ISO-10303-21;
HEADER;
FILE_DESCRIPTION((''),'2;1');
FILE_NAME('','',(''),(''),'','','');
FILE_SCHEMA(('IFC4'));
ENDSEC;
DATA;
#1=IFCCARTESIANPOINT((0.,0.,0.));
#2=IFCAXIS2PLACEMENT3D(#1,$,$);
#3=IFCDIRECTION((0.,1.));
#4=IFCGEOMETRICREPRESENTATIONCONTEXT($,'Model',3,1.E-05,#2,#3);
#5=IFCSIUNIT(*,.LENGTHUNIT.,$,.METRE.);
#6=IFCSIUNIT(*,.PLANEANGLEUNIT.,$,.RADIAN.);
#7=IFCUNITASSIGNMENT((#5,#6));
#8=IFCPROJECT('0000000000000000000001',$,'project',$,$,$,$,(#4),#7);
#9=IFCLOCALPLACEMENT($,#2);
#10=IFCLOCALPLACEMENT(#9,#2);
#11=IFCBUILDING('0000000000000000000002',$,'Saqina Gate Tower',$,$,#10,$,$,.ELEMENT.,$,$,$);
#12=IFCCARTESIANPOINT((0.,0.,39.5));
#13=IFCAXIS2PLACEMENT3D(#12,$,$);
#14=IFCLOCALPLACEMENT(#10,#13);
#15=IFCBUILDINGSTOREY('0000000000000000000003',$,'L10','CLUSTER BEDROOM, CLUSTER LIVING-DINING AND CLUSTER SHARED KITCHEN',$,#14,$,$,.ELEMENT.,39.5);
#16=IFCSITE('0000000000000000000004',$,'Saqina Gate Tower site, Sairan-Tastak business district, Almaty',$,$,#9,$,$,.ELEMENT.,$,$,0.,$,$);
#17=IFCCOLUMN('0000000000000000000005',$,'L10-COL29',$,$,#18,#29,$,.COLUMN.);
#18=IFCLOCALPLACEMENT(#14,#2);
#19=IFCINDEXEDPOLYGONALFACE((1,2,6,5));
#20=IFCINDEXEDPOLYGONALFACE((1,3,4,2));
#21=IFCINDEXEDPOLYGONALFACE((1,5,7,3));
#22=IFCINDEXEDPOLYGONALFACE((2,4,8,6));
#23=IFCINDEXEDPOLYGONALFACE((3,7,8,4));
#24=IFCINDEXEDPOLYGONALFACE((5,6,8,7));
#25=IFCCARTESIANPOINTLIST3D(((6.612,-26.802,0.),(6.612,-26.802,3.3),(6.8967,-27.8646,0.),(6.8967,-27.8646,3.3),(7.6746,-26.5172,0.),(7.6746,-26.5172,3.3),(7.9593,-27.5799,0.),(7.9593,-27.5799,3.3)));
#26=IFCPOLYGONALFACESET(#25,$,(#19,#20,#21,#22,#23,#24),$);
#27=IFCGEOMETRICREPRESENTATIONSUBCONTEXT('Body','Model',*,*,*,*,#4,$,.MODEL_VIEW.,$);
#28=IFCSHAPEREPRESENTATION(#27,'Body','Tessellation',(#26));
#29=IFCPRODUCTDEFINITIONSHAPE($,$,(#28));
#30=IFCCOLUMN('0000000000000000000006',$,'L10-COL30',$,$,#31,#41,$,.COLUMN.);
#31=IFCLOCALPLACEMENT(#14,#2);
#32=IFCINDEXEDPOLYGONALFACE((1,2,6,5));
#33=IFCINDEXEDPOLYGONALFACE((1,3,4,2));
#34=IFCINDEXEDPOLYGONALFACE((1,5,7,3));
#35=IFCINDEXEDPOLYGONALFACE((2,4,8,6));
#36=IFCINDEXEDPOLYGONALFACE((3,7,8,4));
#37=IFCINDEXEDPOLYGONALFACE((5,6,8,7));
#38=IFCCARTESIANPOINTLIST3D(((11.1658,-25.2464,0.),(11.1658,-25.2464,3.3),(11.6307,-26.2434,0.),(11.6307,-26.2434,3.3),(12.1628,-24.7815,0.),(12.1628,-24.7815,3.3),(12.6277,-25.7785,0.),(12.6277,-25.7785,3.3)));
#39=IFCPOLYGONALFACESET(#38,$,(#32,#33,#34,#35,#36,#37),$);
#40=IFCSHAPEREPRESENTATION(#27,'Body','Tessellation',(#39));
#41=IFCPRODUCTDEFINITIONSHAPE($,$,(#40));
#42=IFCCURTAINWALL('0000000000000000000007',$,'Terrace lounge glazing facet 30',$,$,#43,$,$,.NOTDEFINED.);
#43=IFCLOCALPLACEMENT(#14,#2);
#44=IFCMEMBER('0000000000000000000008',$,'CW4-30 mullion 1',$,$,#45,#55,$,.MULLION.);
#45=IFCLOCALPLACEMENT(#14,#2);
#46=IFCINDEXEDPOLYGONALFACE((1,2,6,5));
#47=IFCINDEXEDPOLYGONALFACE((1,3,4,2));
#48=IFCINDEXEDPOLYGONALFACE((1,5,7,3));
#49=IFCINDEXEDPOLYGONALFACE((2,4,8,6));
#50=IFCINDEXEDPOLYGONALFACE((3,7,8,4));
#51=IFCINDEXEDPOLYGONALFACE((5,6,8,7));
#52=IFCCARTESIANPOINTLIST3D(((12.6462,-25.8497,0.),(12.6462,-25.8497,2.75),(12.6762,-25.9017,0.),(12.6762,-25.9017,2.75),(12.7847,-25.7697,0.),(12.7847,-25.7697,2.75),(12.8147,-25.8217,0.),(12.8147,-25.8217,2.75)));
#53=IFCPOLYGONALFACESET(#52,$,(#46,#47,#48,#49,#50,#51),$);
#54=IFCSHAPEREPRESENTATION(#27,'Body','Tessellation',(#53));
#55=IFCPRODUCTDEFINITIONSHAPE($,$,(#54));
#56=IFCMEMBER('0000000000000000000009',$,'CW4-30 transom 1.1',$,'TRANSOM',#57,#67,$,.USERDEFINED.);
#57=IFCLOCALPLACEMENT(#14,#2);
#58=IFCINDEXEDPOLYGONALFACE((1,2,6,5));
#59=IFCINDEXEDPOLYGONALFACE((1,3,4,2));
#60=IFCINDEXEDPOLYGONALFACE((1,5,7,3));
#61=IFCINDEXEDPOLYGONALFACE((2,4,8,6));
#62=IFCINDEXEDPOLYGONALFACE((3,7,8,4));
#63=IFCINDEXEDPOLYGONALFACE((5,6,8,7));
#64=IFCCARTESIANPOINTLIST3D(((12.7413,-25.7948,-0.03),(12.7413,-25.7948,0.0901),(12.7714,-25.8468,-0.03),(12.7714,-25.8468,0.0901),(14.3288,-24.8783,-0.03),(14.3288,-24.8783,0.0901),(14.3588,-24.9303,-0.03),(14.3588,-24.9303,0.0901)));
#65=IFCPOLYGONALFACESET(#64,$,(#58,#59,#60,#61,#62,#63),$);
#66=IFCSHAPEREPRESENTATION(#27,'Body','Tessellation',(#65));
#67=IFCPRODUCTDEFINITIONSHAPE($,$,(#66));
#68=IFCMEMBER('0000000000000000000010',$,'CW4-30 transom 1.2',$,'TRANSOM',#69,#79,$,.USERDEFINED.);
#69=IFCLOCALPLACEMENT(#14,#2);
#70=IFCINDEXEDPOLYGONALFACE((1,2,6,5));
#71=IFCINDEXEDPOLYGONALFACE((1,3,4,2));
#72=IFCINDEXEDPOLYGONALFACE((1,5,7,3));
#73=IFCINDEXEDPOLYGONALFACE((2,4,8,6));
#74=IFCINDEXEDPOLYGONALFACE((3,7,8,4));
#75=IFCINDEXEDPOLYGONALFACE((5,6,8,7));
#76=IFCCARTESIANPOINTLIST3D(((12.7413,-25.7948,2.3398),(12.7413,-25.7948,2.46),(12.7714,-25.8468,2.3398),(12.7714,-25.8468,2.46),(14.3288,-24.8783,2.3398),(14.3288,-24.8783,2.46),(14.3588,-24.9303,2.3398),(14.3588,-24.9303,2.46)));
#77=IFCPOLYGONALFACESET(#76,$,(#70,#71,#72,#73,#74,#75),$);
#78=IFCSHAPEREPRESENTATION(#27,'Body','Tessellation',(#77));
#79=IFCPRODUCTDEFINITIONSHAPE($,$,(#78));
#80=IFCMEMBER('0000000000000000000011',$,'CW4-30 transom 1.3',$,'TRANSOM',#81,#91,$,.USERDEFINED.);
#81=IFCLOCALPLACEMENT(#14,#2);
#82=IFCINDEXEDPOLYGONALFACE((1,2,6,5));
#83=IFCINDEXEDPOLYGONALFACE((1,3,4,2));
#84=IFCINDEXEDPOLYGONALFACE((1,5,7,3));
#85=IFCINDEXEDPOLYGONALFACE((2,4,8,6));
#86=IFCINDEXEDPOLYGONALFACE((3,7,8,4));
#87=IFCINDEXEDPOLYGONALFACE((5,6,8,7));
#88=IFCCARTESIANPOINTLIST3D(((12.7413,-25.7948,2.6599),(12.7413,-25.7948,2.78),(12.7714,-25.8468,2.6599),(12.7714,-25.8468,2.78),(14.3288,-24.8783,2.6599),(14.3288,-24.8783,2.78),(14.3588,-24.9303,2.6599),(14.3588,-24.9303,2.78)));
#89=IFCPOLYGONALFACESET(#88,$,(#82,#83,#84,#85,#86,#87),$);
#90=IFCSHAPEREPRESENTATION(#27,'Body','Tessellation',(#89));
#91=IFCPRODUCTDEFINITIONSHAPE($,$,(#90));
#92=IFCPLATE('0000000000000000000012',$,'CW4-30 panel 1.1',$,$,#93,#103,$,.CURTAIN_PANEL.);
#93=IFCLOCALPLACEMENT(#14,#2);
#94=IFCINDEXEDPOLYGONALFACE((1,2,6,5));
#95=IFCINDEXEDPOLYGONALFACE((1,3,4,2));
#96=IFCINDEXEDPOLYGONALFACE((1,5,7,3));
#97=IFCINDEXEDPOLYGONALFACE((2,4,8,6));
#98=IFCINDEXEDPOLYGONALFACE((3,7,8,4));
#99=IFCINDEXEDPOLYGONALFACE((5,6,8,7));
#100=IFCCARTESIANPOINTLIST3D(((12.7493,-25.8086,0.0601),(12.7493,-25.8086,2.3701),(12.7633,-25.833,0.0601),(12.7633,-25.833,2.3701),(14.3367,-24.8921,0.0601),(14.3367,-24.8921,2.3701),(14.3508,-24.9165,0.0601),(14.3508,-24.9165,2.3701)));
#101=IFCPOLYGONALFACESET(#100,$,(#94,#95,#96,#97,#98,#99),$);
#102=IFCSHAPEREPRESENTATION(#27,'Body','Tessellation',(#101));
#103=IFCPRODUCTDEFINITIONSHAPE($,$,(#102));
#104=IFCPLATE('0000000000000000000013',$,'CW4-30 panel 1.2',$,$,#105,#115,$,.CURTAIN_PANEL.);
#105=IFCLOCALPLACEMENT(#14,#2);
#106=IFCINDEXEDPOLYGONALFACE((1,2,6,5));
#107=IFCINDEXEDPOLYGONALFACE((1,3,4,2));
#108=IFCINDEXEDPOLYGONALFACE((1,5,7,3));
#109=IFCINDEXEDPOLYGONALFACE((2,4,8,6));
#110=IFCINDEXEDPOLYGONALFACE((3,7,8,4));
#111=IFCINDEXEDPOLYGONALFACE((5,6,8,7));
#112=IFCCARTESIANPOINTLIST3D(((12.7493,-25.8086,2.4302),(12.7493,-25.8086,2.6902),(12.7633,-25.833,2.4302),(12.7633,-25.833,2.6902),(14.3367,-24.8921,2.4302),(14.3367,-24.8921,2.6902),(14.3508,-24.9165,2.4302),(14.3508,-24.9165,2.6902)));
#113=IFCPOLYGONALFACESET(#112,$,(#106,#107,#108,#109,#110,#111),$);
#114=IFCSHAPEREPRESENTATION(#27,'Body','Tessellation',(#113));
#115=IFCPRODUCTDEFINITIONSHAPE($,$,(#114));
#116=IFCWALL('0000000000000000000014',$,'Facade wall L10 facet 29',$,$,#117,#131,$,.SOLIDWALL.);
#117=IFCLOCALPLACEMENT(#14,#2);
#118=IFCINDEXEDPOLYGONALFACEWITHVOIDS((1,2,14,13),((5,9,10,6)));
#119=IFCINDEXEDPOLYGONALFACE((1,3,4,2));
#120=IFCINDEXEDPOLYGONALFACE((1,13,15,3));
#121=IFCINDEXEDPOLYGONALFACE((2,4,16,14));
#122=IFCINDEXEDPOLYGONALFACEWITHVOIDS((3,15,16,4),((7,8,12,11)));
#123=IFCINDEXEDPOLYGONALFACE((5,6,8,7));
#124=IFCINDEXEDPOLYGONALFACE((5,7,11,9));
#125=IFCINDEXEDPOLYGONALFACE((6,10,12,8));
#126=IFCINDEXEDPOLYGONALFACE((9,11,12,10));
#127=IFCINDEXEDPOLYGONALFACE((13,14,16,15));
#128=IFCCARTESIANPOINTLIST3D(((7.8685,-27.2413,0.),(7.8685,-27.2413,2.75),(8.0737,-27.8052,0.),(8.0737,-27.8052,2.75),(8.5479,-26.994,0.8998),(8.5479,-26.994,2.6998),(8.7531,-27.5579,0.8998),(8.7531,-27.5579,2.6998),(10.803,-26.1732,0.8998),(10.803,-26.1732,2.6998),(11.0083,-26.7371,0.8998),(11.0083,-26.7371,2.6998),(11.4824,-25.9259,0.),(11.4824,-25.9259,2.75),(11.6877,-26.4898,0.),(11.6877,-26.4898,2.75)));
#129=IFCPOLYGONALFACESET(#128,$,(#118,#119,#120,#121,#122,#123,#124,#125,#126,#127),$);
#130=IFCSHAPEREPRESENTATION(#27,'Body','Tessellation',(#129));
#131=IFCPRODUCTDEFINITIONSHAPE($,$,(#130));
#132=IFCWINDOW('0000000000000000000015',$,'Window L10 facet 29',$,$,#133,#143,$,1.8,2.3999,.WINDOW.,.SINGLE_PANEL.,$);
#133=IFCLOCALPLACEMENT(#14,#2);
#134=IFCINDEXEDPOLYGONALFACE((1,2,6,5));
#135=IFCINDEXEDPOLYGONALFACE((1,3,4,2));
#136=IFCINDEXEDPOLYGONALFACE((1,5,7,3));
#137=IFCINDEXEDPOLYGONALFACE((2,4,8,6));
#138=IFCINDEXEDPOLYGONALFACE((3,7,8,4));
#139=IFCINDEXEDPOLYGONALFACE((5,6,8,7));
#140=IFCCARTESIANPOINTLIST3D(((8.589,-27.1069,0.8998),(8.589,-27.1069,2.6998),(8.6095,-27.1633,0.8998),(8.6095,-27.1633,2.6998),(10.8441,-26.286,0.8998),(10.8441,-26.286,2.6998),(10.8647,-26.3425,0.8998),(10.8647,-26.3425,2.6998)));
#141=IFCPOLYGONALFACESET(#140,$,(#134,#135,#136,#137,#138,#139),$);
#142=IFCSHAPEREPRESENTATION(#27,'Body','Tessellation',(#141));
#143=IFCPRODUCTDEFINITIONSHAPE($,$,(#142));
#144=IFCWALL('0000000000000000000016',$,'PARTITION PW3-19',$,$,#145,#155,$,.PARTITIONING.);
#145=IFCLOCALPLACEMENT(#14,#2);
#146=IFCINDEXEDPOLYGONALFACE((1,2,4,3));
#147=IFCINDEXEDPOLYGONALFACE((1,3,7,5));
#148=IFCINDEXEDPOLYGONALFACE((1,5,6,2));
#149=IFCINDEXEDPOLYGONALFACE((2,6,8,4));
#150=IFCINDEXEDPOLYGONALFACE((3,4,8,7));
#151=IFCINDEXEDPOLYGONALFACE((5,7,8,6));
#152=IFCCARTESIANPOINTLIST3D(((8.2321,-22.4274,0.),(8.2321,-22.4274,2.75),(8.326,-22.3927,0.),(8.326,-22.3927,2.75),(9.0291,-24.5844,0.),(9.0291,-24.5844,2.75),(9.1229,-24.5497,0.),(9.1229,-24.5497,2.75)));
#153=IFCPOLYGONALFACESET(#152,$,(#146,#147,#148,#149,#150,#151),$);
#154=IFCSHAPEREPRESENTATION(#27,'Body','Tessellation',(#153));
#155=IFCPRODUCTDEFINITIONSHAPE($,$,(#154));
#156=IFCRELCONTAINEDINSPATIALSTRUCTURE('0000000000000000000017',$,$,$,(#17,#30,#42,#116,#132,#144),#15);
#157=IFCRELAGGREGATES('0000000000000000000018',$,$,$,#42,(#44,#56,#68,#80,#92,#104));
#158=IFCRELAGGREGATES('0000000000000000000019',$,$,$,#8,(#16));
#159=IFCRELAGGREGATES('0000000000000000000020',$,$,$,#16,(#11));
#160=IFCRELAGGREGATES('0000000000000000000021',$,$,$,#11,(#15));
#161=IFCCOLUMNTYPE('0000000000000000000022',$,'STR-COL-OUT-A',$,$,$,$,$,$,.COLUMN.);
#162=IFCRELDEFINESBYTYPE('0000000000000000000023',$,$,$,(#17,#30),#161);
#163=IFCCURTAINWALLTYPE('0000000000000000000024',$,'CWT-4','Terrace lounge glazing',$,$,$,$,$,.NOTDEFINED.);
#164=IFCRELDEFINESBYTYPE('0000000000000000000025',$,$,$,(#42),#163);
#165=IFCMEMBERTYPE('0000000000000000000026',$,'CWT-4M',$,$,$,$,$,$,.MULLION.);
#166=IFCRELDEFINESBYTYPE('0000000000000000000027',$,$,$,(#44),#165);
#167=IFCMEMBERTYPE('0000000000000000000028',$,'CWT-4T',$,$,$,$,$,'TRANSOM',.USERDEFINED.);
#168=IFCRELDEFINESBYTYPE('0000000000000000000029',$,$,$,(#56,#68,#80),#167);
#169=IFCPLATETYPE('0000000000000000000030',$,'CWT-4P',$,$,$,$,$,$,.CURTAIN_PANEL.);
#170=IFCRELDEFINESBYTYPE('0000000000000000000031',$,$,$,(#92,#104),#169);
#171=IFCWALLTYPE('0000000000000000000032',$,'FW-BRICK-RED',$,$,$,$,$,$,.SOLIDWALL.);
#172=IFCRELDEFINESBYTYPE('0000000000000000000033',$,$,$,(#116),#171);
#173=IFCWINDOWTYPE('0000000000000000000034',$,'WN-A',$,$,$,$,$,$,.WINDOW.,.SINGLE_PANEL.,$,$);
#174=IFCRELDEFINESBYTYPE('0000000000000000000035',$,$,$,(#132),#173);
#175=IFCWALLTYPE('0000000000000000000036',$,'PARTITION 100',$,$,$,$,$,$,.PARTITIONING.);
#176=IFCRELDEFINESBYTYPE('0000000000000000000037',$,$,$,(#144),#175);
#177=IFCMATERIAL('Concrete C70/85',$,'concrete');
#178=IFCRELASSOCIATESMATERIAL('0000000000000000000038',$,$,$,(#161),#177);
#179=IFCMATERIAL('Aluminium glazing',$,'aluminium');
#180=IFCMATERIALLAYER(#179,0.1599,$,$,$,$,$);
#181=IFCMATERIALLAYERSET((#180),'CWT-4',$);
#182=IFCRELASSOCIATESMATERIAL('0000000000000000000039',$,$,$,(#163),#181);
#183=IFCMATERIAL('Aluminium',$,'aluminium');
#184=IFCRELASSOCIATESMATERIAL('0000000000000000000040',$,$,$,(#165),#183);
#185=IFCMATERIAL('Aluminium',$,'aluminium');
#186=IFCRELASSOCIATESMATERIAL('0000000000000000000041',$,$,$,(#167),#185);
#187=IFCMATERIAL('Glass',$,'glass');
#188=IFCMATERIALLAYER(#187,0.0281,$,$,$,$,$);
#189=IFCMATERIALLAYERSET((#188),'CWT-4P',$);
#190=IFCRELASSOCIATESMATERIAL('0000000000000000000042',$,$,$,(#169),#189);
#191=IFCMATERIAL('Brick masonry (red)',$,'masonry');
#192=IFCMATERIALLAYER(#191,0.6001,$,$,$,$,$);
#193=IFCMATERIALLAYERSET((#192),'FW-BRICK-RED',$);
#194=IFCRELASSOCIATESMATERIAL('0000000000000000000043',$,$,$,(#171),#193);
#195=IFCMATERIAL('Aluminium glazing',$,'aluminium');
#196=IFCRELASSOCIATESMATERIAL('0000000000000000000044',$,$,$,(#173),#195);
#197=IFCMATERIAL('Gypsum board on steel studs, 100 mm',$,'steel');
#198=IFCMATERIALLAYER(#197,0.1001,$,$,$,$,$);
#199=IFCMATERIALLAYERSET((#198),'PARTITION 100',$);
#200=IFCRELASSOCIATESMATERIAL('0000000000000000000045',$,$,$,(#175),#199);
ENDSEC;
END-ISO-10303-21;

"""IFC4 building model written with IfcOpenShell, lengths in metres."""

from ifc_helpers import new_model, si_unit, direction, frame, frame_2d, origin, origin_2d, place, context, subcontext, project, spatial, rectangle, extrude, material, layer, layer_set, material_profile, profile_set, type_object, element, fill, aggregate, save


model = new_model("IFC4")

# Units and contexts
model_context = context("Model", 3, precision=1e-05, world=origin(), true_north=direction((0.0, 1.0)))
body_context = subcontext(model_context, "Body", "Model", "MODEL_VIEW")
ifc_project = project(units=[si_unit("LENGTHUNIT", "METRE"), si_unit("PLANEANGLEUNIT", "RADIAN")], contexts=[model_context])

# Site, building, storey
site_placement = place(None, origin())
site = spatial("IfcSite", under=ifc_project, at=site_placement, Name="Saqina Gate Tower site, Sairan-Tastak business district, Almaty", CompositionType="ELEMENT", RefElevation=0.0)
building_placement = place(site_placement, origin())
building = spatial("IfcBuilding", under=site, at=building_placement, Name="Saqina Gate Tower", CompositionType="ELEMENT")
storey_placement = place(building_placement, frame((0.0, 0.0, 39.5)))
storey = spatial("IfcBuildingStorey", under=building, at=storey_placement, Name="L10", Description="CLUSTER BEDROOM, CLUSTER LIVING-DINING AND CLUSTER SHARED KITCHEN", CompositionType="ELEMENT", Elevation=39.5)

# Columns
ifc_material_1 = material(Name="Concrete C70/85", Category="concrete")
ifc_material_profile_1 = material_profile(ifc_material_1, rectangle(XDim=1.1001, YDim=1.1001, at=origin_2d()), Name="RC 1100x1100")
ifc_profile_set_1 = profile_set([ifc_material_profile_1], Name="Concrete C70/85")
column_type = type_object("IfcColumnType", Name="STR-COL-OUT-A", PredefinedType="COLUMN", material=ifc_profile_set_1)
for number, where, z_axis, x_axis, name in (
    (1, (7.2856, -27.1909, 0.0), (0.0, 0.0, 1.0), (0.258819, -0.965926, 0.0), "L10-COL29"),
    (2, (11.8967, -25.5125, 0.0), (0.0, 0.0, 1.0), (0.422618, -0.906308, 0.0), "L10-COL30"),
):
    element("IfcColumn", number, at=place(storey_placement, frame(where, z_axis=z_axis, x_axis=x_axis)), inside=storey, type_object=column_type, Name=name, PredefinedType="COLUMN", context=body_context, shape_type="SweptSolid", body=[
        extrude(rectangle(XDim=1.1001, YDim=1.1001, at=origin_2d()), origin(), (0.0, 0.0, 1.0), 3.3),
    ])

# Curtain wall, members, plates
ifc_material_2 = material(Name="Aluminium glazing", Category="aluminium")
ifc_layer_1 = layer(ifc_material_2, 0.1599)
ifc_layer_set_1 = layer_set([ifc_layer_1], Name="CWT-4")
curtain_wall_type = type_object("IfcCurtainWallType", Name="CWT-4", Description="Terrace lounge glazing", PredefinedType="NOTDEFINED", material=ifc_layer_set_1)
curtain_wall_placement = place(storey_placement, origin())
curtain_wall = element("IfcCurtainWall", 3, at=curtain_wall_placement, inside=storey, type_object=curtain_wall_type, Name="Terrace lounge glazing facet 30", PredefinedType="NOTDEFINED")
ifc_material_3 = material(Name="Aluminium", Category="aluminium")
ifc_material_profile_2 = material_profile(ifc_material_3, rectangle(XDim=0.0601, YDim=0.1599, at=origin_2d()), Name="Aluminium 60x160")
ifc_profile_set_2 = profile_set([ifc_material_profile_2], Name="Aluminium")
member_type_1 = type_object("IfcMemberType", Name="CWT-4M", PredefinedType="MULLION", material=ifc_profile_set_2)
member_1_placement = place(storey_placement, frame((12.7305, -25.8357, 0.0), z_axis=(0.0, 0.0, 1.0), x_axis=(-0.499996, 0.866028, 0.0)))
member_1 = element("IfcMember", 4, at=member_1_placement, type_object=member_type_1, Name="CW4-30 mullion 1", PredefinedType="MULLION", context=body_context, shape_type="SweptSolid", body=[
    extrude(rectangle(XDim=0.0601, YDim=0.1599, at=origin_2d()), origin(), (0.0, 0.0, 1.0), 2.75),
])
ifc_material_4 = material(Name="Aluminium", Category="aluminium")
ifc_material_profile_3 = material_profile(ifc_material_4, rectangle(XDim=0.0601, YDim=0.1201, at=origin_2d()), Name="Aluminium 60x120")
ifc_profile_set_3 = profile_set([ifc_material_profile_3], Name="Aluminium")
member_type_2 = type_object("IfcMemberType", Name="CWT-4T", ElementType="TRANSOM", PredefinedType="USERDEFINED", material=ifc_profile_set_3)
member_2_placement = place(storey_placement, frame((12.7563, -25.8208, 0.03), z_axis=(0.866021, 0.500007, 0.0), x_axis=(-0.500007, 0.866021, 0.0)))
member_2 = element("IfcMember", 5, at=member_2_placement, type_object=member_type_2, Name="CW4-30 transom 1.1", ObjectType="TRANSOM", PredefinedType="USERDEFINED", context=body_context, shape_type="SweptSolid", body=[
    extrude(rectangle(XDim=0.0601, YDim=0.1201, at=origin_2d()), origin(), (0.0, 0.0, 1.0), 1.833),
])
member_3_placement = place(storey_placement, frame((12.7563, -25.8208, 2.3999), z_axis=(0.866021, 0.500007, 0.0), x_axis=(-0.500007, 0.866021, 0.0)))
member_3 = element("IfcMember", 6, at=member_3_placement, type_object=member_type_2, Name="CW4-30 transom 1.2", ObjectType="TRANSOM", PredefinedType="USERDEFINED", context=body_context, shape_type="SweptSolid", body=[
    extrude(rectangle(XDim=0.0601, YDim=0.1201, at=origin_2d()), origin(), (0.0, 0.0, 1.0), 1.833),
])
member_4_placement = place(storey_placement, frame((12.7563, -25.8208, 2.72), z_axis=(0.866021, 0.500007, 0.0), x_axis=(-0.500007, 0.866021, 0.0)))
member_4 = element("IfcMember", 7, at=member_4_placement, type_object=member_type_2, Name="CW4-30 transom 1.3", ObjectType="TRANSOM", PredefinedType="USERDEFINED", context=body_context, shape_type="SweptSolid", body=[
    extrude(rectangle(XDim=0.0601, YDim=0.1201, at=origin_2d()), origin(), (0.0, 0.0, 1.0), 1.833),
])
ifc_material_5 = material(Name="Glass", Category="glass")
ifc_layer_2 = layer(ifc_material_5, 0.0281)
ifc_layer_set_2 = layer_set([ifc_layer_2], Name="CWT-4P")
plate_type = type_object("IfcPlateType", Name="CWT-4P", PredefinedType="CURTAIN_PANEL", material=ifc_layer_set_2)
plate_1_placement = place(storey_placement, frame((13.55, -25.3625, 0.0601), z_axis=(0.0, 0.0, 1.0), x_axis=(0.866028, 0.499996, 0.0)))
plate_1 = element("IfcPlate", 8, at=plate_1_placement, type_object=plate_type, Name="CW4-30 panel 1.1", PredefinedType="CURTAIN_PANEL", context=body_context, shape_type="SweptSolid", body=[
    extrude(rectangle(XDim=1.833, YDim=0.0281, at=origin_2d()), origin(), (0.0, 0.0, 1.0), 2.3101),
])
plate_2_placement = place(storey_placement, frame((13.55, -25.3625, 2.4302), z_axis=(0.0, 0.0, 1.0), x_axis=(0.866028, 0.499996, 0.0)))
plate_2 = element("IfcPlate", 9, at=plate_2_placement, type_object=plate_type, Name="CW4-30 panel 1.2", PredefinedType="CURTAIN_PANEL", context=body_context, shape_type="SweptSolid", body=[
    extrude(rectangle(XDim=1.833, YDim=0.0281, at=origin_2d()), origin(), (0.0, 0.0, 1.0), 0.26),
])
aggregate(curtain_wall, [member_1, member_2, member_3, member_4, plate_1, plate_2])

# Wall, opening, window
ifc_material_6 = material(Name="Brick masonry (red)", Category="masonry")
ifc_layer_3 = layer(ifc_material_6, 0.6001)
ifc_layer_set_3 = layer_set([ifc_layer_3], Name="FW-BRICK-RED")
wall_type_1 = type_object("IfcWallType", Name="FW-BRICK-RED", PredefinedType="SOLIDWALL", material=ifc_layer_set_3)
wall_1_placement = place(storey_placement, frame((7.9712, -27.5232, 0.0), z_axis=(0.0, 0.0, 1.0), x_axis=(0.93969, 0.342028, 0.0)))
wall_1 = element("IfcWall", 10, at=wall_1_placement, inside=storey, type_object=wall_type_1, Name="Facade wall L10 facet 29", PredefinedType="SOLIDWALL", context=body_context, shape_type="SweptSolid", body=[
    extrude(rectangle(XDim=3.8459, YDim=0.6001, at=frame_2d((1.9229, 0.0))), origin(), (0.0, 0.0, 1.0), 2.75),
])
opening_1_placement = place(wall_1_placement, frame((0.7229, 0.0, 0.8999)))
opening_1 = element("IfcOpeningElement", 11, at=opening_1_placement, cuts=wall_1, PredefinedType="OPENING", context=body_context, shape_type="SweptSolid", body=[
    extrude(rectangle(XDim=2.3999, YDim=1.8, at=frame_2d((1.2, 0.8999))), frame((0.0, 0.312, 0.0), z_axis=(0.0, -1.0, 0.0), x_axis=(1.0, 0.0, 0.0)), (0.0, 0.0, 1.0), 0.624),
])
ifc_material_7 = material(Name="Aluminium glazing", Category="aluminium")
window_type = type_object("IfcWindowType", Name="WN-A", PartitioningType="SINGLE_PANEL", PredefinedType="WINDOW", material=ifc_material_7)
window_placement = place(opening_1_placement, origin())
window = element("IfcWindow", 12, at=window_placement, inside=storey, type_object=window_type, Name="Window L10 facet 29", OverallHeight=1.8, OverallWidth=2.3999, PartitioningType="SINGLE_PANEL", PredefinedType="WINDOW", context=body_context, shape_type="SweptSolid", body=[
    extrude(rectangle(XDim=2.3999, YDim=1.8, at=frame_2d((1.2, 0.8999))), frame((0.0, 0.1799, 0.0), z_axis=(0.0, -1.0, 0.0), x_axis=(1.0, 0.0, 0.0)), (0.0, 0.0, 1.0), 0.0601),
])
fill(opening_1, window)

# Wall
ifc_material_8 = material(Name="Gypsum board on steel studs, 100 mm", Category="steel")
ifc_layer_4 = layer(ifc_material_8, 0.1001)
ifc_layer_set_4 = layer_set([ifc_layer_4], Name="PARTITION 100")
wall_type_2 = type_object("IfcWallType", Name="PARTITION 100", PredefinedType="PARTITIONING", material=ifc_layer_set_4)
wall_2_placement = place(storey_placement, frame((8.2791, -22.4099, 0.0), z_axis=(0.0, 0.0, 1.0), x_axis=(0.346547, -0.938033, 0.0)))
element("IfcWall", 13, at=wall_2_placement, inside=storey, type_object=wall_type_2, Name="PARTITION PW3-19", PredefinedType="PARTITIONING", context=body_context, shape_type="SweptSolid", body=[
    extrude(rectangle(XDim=2.2996, YDim=0.1001, at=frame_2d((1.1499, 0.0))), origin(), (0.0, 0.0, 1.0), 2.75),
])

save(model, "model.ifc")
